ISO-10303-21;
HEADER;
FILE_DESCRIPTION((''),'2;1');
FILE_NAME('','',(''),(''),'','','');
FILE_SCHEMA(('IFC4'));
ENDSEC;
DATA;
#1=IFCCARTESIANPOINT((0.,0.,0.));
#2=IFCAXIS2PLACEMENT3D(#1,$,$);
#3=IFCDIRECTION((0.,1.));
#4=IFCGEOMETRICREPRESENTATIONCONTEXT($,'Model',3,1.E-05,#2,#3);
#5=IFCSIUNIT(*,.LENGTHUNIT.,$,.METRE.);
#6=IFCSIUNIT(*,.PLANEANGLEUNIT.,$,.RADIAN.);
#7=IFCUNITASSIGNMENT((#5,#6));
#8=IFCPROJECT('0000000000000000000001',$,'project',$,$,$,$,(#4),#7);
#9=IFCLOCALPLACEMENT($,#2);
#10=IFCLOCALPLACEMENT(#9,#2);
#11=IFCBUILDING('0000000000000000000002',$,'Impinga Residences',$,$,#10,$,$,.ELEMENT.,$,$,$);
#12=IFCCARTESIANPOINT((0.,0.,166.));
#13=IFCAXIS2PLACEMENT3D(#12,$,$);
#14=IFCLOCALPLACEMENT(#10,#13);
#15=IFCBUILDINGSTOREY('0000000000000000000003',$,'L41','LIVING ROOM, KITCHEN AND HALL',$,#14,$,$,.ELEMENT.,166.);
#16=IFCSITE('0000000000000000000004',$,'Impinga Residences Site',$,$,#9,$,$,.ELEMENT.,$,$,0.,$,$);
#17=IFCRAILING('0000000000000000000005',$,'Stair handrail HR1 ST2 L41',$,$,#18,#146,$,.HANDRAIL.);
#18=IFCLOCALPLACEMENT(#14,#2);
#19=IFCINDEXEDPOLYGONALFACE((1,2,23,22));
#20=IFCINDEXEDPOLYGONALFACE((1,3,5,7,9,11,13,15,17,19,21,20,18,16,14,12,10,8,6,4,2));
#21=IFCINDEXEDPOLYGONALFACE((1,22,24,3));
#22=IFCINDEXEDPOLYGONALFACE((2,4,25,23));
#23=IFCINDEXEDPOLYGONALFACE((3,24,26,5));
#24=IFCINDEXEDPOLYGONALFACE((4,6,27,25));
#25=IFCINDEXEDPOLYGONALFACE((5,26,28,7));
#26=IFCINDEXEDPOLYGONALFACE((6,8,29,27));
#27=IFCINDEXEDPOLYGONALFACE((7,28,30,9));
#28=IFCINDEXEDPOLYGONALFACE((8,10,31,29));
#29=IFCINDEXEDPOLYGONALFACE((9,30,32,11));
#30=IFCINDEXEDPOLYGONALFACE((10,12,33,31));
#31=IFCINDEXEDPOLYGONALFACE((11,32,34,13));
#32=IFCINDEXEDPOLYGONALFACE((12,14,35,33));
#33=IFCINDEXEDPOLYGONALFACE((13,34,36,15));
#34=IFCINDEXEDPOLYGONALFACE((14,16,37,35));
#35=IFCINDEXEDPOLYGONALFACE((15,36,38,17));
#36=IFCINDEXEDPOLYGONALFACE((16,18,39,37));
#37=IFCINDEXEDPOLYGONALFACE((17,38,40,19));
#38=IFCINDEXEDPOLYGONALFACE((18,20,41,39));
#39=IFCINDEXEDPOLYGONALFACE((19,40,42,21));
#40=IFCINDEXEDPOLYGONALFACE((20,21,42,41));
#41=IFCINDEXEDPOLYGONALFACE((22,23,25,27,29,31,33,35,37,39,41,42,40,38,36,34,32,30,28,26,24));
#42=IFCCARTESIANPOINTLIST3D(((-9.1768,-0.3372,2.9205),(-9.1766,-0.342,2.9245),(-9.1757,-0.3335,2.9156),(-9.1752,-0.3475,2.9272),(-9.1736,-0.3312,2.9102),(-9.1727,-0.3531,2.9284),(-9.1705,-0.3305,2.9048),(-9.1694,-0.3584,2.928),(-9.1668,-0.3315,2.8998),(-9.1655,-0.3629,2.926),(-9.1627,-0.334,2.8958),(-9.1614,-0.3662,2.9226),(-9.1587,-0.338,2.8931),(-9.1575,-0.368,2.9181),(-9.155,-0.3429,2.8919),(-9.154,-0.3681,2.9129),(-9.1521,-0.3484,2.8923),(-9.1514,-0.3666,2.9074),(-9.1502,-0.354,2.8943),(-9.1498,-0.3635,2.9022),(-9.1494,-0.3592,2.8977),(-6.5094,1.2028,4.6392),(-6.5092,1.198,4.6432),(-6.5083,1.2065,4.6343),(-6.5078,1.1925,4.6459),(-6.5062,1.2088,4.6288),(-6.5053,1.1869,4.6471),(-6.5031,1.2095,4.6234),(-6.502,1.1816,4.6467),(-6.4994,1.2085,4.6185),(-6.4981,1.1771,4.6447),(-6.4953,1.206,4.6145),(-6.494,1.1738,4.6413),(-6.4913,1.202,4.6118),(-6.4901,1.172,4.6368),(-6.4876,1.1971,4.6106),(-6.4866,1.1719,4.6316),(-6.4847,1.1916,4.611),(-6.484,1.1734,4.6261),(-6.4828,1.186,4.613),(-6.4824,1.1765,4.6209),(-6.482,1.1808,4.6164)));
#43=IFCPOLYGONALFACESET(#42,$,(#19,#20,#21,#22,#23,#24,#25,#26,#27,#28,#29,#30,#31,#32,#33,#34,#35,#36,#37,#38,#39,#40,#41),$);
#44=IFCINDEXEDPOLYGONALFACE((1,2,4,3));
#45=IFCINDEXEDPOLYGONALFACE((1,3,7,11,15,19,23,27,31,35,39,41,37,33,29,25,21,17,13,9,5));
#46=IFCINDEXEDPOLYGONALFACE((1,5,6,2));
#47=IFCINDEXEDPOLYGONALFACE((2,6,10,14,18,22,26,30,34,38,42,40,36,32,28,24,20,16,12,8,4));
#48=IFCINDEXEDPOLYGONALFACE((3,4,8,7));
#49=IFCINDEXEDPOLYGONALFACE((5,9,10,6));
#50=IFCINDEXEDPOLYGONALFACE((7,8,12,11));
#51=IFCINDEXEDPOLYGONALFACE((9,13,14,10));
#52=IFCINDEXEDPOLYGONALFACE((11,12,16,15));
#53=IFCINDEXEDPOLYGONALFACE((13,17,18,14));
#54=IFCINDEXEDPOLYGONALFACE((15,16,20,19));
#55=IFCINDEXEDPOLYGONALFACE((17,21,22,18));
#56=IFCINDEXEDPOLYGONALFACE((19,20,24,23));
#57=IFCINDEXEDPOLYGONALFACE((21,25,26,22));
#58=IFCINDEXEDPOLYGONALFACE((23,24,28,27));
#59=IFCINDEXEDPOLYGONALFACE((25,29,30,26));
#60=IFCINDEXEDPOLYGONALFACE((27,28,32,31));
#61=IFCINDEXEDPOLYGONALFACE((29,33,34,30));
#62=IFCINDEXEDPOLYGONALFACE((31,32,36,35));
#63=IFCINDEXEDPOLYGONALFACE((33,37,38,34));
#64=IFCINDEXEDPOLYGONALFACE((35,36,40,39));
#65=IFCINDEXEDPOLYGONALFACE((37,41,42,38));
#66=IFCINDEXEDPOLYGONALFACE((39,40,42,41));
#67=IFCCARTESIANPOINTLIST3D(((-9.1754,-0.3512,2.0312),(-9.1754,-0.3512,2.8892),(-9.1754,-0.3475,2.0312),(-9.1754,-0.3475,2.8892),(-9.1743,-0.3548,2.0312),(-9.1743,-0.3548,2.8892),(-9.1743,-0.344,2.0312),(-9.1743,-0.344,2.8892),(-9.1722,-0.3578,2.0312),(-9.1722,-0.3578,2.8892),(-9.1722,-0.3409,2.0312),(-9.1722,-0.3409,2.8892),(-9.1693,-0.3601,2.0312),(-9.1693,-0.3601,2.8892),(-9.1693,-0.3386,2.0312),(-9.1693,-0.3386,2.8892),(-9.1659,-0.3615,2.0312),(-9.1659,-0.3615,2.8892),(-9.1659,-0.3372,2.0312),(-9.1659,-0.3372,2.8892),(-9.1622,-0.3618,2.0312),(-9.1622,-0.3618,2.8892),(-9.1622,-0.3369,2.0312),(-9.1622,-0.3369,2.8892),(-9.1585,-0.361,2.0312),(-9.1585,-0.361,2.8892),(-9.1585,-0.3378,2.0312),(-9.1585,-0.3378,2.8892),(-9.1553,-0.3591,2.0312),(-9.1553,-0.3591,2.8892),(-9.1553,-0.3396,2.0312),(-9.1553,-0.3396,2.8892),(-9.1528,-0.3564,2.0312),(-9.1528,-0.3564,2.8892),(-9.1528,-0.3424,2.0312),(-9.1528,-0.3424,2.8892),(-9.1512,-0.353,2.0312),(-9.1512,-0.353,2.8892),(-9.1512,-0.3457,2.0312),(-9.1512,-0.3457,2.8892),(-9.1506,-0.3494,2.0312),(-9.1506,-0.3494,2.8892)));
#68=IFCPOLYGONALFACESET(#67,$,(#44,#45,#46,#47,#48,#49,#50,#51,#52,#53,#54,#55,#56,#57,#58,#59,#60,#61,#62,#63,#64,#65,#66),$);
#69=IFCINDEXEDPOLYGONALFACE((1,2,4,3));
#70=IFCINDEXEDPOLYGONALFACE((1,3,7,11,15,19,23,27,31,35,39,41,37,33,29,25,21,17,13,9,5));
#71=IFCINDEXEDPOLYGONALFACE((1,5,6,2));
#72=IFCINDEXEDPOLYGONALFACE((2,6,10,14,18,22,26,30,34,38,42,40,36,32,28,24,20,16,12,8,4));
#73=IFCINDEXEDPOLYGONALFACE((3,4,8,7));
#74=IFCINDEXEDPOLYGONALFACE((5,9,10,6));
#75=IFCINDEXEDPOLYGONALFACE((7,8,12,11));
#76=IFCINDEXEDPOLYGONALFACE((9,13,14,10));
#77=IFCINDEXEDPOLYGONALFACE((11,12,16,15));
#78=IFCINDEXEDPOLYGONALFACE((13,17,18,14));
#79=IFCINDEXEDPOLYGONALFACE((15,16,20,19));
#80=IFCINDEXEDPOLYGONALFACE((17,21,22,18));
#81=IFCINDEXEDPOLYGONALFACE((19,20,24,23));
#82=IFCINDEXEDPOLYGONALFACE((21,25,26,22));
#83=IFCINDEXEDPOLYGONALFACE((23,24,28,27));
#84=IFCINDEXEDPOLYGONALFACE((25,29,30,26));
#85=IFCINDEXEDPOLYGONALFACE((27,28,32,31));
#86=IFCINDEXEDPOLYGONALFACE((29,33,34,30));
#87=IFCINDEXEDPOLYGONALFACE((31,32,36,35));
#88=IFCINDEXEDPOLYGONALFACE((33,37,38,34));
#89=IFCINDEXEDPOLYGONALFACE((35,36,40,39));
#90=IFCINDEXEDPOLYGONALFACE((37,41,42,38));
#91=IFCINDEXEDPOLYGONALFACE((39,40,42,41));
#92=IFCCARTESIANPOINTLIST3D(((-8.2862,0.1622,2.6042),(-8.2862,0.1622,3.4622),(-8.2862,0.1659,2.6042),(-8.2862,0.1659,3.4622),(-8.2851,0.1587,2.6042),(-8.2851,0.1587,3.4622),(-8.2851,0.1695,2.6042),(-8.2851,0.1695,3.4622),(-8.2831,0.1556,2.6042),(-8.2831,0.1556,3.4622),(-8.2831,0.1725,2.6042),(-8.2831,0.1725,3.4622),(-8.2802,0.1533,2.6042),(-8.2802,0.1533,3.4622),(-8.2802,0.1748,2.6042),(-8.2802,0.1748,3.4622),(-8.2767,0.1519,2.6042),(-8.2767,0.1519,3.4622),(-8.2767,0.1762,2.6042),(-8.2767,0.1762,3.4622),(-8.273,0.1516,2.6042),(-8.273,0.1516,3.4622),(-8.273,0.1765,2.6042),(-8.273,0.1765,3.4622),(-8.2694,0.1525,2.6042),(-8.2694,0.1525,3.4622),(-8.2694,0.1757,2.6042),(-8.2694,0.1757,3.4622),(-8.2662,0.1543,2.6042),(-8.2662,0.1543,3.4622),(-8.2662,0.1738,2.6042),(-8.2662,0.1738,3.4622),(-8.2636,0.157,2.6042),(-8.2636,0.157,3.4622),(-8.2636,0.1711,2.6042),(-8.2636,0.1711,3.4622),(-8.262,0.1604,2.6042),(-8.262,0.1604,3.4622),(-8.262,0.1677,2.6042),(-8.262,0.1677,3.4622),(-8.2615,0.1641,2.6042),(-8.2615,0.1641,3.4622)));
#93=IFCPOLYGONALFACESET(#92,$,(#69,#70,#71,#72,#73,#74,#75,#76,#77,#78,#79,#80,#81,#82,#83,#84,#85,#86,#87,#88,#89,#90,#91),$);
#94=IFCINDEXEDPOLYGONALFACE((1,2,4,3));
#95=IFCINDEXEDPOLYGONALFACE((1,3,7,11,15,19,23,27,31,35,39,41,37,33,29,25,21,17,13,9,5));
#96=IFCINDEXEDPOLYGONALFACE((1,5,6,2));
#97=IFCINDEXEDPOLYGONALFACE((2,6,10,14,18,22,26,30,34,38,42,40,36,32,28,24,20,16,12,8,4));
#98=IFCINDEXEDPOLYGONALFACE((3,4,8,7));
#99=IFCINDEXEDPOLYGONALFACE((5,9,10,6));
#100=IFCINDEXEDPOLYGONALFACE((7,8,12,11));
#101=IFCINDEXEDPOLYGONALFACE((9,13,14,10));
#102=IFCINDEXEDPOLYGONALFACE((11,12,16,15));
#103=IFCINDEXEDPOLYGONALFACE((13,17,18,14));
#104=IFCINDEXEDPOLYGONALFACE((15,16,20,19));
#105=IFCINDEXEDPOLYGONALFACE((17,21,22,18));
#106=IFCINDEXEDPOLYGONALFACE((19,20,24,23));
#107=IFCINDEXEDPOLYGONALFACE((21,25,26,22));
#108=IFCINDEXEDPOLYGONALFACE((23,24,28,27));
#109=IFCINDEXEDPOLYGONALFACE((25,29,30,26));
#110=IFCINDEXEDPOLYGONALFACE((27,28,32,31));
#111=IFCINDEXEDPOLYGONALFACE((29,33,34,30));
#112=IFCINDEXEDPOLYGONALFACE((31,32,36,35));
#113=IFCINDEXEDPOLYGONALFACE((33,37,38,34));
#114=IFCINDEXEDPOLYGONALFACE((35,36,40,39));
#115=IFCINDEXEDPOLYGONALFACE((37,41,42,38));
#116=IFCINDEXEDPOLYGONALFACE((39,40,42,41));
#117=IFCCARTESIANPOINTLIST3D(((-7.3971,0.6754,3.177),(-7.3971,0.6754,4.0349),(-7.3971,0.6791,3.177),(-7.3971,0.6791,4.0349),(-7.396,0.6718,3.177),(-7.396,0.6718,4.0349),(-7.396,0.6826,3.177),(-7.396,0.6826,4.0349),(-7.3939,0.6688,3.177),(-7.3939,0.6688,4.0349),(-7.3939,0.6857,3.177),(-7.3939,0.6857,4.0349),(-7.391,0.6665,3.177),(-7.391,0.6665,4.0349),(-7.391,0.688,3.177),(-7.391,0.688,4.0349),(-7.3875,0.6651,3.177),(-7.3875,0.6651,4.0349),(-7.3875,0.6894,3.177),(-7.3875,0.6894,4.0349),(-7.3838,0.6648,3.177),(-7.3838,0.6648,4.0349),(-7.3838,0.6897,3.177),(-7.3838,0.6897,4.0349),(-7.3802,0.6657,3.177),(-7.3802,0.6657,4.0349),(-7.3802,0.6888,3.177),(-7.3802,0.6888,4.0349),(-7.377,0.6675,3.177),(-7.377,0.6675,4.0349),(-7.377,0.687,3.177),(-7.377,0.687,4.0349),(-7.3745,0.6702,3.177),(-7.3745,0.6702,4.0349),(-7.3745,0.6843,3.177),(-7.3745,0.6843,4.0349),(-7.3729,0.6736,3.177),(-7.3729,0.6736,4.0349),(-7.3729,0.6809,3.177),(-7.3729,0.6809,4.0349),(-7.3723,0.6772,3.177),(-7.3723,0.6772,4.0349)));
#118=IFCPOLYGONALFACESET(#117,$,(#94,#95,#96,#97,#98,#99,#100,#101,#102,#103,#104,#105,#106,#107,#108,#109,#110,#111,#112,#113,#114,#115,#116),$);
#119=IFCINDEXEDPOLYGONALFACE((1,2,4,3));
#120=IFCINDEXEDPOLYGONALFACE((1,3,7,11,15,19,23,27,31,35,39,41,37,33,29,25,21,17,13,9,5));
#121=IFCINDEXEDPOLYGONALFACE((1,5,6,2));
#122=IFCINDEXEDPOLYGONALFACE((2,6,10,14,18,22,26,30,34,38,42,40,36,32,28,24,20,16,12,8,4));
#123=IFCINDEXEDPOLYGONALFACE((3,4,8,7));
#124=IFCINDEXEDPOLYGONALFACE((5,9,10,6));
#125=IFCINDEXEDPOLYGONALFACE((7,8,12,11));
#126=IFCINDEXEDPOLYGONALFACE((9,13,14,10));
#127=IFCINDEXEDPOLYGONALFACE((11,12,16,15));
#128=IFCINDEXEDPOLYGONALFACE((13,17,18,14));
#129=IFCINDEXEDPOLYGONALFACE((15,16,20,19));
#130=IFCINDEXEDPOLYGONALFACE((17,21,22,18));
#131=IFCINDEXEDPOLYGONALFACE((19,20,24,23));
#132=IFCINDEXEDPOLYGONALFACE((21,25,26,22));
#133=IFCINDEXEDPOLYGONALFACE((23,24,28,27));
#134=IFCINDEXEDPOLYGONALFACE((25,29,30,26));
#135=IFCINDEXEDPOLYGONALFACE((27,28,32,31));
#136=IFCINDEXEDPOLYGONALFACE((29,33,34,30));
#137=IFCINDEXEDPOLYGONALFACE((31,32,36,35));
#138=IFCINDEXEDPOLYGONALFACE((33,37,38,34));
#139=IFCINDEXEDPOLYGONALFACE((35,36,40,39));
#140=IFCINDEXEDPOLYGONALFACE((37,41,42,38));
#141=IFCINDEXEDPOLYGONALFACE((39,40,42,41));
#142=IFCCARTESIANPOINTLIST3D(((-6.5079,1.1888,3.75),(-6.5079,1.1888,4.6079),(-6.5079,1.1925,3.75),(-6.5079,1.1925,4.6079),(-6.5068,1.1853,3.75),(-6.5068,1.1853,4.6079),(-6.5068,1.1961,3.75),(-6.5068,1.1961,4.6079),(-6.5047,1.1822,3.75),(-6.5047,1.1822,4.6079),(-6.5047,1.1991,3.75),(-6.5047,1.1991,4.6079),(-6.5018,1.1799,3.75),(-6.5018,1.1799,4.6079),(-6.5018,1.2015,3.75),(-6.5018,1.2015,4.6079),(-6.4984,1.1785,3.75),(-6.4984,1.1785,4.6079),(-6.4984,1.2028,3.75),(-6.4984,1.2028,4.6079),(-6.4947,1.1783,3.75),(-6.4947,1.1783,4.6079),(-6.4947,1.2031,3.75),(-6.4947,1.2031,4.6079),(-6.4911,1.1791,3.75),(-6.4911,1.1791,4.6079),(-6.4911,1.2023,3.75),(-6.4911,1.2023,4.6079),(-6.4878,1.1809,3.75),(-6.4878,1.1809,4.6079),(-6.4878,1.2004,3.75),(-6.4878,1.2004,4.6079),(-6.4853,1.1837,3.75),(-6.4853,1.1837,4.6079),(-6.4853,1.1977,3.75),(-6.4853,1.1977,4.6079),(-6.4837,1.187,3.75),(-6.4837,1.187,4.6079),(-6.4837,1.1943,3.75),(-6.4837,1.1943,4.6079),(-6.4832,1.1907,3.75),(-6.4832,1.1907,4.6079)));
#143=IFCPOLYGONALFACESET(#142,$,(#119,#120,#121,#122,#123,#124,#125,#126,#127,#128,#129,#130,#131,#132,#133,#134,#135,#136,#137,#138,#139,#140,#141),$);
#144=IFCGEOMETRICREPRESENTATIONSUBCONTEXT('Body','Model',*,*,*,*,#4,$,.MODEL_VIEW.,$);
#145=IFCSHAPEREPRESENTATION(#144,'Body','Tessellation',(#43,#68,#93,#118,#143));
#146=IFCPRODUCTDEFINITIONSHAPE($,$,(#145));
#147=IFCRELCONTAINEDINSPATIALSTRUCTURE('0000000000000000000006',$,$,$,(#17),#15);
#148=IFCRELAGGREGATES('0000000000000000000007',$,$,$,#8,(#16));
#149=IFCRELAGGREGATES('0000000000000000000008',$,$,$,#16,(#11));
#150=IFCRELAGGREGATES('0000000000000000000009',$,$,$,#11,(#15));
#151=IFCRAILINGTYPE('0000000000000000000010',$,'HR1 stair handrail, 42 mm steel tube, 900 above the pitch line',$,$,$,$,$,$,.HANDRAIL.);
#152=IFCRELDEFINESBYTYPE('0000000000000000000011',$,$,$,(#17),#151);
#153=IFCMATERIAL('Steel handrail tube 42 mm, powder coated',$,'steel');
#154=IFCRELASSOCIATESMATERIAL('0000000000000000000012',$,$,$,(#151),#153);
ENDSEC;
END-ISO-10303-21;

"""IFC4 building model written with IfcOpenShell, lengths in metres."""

from ifc_helpers import new_model, si_unit, direction, frame, origin, origin_2d, place, context, subcontext, project, spatial, circle, extrude, material, type_object, element, save


model = new_model("IFC4")

# Units and contexts
model_context = context("Model", 3, precision=1e-05, world=origin(), true_north=direction((0.0, 1.0)))
body_context = subcontext(model_context, "Body", "Model", "MODEL_VIEW")
ifc_project = project(units=[si_unit("LENGTHUNIT", "METRE"), si_unit("PLANEANGLEUNIT", "RADIAN")], contexts=[model_context])

# Site, building, storey
site_placement = place(None, origin())
site = spatial("IfcSite", under=ifc_project, at=site_placement, Name="Impinga Residences Site", CompositionType="ELEMENT", RefElevation=0.0)
building_placement = place(site_placement, origin())
building = spatial("IfcBuilding", under=site, at=building_placement, Name="Impinga Residences", CompositionType="ELEMENT")
storey_placement = place(building_placement, frame((0.0, 0.0, 166.0)))
storey = spatial("IfcBuildingStorey", under=building, at=storey_placement, Name="L41", Description="LIVING ROOM, KITCHEN AND HALL", CompositionType="ELEMENT", Elevation=166.0)

# Railing
ifc_material_1 = material(Name="Steel handrail tube 42 mm, powder coated", Category="steel")
railing_type_1 = type_object("IfcRailingType", Name="HR1 stair handrail, 42 mm steel tube, 900 above the pitch line", PredefinedType="HANDRAIL", material=ifc_material_1)
railing_1_placement = place(storey_placement, frame((-9.1631, -0.3494, 2.0312)))
element("IfcRailing", 1, at=railing_1_placement, inside=storey, type_object=railing_type_1, Name="Stair handrail HR1 ST2 L41", PredefinedType="HANDRAIL", context=body_context, shape_type="SweptSolid", body=[
    extrude(circle(Radius=0.021, at=origin_2d()), frame((0.0, 0.0, 0.8789), z_axis=(0.756256, 0.436616, 0.487282), x_axis=(-0.499992, 0.86603, 0.0)), (0.0, 0.0, 1.0), 3.5271),
    extrude(circle(Radius=0.0125, at=origin_2d()), origin(), (0.0, 0.0, 1.0), 0.8579),
    extrude(circle(Radius=0.0125, at=origin_2d()), frame((0.8892, 0.5134, 0.573)), (0.0, 0.0, 1.0), 0.8579),
    extrude(circle(Radius=0.0125, at=origin_2d()), frame((1.7783, 1.0266, 1.1458)), (0.0, 0.0, 1.0), 0.8579),
    extrude(circle(Radius=0.0125, at=origin_2d()), frame((2.6675, 1.54, 1.7188)), (0.0, 0.0, 1.0), 0.8579),
])

save(model, "model.ifc")
